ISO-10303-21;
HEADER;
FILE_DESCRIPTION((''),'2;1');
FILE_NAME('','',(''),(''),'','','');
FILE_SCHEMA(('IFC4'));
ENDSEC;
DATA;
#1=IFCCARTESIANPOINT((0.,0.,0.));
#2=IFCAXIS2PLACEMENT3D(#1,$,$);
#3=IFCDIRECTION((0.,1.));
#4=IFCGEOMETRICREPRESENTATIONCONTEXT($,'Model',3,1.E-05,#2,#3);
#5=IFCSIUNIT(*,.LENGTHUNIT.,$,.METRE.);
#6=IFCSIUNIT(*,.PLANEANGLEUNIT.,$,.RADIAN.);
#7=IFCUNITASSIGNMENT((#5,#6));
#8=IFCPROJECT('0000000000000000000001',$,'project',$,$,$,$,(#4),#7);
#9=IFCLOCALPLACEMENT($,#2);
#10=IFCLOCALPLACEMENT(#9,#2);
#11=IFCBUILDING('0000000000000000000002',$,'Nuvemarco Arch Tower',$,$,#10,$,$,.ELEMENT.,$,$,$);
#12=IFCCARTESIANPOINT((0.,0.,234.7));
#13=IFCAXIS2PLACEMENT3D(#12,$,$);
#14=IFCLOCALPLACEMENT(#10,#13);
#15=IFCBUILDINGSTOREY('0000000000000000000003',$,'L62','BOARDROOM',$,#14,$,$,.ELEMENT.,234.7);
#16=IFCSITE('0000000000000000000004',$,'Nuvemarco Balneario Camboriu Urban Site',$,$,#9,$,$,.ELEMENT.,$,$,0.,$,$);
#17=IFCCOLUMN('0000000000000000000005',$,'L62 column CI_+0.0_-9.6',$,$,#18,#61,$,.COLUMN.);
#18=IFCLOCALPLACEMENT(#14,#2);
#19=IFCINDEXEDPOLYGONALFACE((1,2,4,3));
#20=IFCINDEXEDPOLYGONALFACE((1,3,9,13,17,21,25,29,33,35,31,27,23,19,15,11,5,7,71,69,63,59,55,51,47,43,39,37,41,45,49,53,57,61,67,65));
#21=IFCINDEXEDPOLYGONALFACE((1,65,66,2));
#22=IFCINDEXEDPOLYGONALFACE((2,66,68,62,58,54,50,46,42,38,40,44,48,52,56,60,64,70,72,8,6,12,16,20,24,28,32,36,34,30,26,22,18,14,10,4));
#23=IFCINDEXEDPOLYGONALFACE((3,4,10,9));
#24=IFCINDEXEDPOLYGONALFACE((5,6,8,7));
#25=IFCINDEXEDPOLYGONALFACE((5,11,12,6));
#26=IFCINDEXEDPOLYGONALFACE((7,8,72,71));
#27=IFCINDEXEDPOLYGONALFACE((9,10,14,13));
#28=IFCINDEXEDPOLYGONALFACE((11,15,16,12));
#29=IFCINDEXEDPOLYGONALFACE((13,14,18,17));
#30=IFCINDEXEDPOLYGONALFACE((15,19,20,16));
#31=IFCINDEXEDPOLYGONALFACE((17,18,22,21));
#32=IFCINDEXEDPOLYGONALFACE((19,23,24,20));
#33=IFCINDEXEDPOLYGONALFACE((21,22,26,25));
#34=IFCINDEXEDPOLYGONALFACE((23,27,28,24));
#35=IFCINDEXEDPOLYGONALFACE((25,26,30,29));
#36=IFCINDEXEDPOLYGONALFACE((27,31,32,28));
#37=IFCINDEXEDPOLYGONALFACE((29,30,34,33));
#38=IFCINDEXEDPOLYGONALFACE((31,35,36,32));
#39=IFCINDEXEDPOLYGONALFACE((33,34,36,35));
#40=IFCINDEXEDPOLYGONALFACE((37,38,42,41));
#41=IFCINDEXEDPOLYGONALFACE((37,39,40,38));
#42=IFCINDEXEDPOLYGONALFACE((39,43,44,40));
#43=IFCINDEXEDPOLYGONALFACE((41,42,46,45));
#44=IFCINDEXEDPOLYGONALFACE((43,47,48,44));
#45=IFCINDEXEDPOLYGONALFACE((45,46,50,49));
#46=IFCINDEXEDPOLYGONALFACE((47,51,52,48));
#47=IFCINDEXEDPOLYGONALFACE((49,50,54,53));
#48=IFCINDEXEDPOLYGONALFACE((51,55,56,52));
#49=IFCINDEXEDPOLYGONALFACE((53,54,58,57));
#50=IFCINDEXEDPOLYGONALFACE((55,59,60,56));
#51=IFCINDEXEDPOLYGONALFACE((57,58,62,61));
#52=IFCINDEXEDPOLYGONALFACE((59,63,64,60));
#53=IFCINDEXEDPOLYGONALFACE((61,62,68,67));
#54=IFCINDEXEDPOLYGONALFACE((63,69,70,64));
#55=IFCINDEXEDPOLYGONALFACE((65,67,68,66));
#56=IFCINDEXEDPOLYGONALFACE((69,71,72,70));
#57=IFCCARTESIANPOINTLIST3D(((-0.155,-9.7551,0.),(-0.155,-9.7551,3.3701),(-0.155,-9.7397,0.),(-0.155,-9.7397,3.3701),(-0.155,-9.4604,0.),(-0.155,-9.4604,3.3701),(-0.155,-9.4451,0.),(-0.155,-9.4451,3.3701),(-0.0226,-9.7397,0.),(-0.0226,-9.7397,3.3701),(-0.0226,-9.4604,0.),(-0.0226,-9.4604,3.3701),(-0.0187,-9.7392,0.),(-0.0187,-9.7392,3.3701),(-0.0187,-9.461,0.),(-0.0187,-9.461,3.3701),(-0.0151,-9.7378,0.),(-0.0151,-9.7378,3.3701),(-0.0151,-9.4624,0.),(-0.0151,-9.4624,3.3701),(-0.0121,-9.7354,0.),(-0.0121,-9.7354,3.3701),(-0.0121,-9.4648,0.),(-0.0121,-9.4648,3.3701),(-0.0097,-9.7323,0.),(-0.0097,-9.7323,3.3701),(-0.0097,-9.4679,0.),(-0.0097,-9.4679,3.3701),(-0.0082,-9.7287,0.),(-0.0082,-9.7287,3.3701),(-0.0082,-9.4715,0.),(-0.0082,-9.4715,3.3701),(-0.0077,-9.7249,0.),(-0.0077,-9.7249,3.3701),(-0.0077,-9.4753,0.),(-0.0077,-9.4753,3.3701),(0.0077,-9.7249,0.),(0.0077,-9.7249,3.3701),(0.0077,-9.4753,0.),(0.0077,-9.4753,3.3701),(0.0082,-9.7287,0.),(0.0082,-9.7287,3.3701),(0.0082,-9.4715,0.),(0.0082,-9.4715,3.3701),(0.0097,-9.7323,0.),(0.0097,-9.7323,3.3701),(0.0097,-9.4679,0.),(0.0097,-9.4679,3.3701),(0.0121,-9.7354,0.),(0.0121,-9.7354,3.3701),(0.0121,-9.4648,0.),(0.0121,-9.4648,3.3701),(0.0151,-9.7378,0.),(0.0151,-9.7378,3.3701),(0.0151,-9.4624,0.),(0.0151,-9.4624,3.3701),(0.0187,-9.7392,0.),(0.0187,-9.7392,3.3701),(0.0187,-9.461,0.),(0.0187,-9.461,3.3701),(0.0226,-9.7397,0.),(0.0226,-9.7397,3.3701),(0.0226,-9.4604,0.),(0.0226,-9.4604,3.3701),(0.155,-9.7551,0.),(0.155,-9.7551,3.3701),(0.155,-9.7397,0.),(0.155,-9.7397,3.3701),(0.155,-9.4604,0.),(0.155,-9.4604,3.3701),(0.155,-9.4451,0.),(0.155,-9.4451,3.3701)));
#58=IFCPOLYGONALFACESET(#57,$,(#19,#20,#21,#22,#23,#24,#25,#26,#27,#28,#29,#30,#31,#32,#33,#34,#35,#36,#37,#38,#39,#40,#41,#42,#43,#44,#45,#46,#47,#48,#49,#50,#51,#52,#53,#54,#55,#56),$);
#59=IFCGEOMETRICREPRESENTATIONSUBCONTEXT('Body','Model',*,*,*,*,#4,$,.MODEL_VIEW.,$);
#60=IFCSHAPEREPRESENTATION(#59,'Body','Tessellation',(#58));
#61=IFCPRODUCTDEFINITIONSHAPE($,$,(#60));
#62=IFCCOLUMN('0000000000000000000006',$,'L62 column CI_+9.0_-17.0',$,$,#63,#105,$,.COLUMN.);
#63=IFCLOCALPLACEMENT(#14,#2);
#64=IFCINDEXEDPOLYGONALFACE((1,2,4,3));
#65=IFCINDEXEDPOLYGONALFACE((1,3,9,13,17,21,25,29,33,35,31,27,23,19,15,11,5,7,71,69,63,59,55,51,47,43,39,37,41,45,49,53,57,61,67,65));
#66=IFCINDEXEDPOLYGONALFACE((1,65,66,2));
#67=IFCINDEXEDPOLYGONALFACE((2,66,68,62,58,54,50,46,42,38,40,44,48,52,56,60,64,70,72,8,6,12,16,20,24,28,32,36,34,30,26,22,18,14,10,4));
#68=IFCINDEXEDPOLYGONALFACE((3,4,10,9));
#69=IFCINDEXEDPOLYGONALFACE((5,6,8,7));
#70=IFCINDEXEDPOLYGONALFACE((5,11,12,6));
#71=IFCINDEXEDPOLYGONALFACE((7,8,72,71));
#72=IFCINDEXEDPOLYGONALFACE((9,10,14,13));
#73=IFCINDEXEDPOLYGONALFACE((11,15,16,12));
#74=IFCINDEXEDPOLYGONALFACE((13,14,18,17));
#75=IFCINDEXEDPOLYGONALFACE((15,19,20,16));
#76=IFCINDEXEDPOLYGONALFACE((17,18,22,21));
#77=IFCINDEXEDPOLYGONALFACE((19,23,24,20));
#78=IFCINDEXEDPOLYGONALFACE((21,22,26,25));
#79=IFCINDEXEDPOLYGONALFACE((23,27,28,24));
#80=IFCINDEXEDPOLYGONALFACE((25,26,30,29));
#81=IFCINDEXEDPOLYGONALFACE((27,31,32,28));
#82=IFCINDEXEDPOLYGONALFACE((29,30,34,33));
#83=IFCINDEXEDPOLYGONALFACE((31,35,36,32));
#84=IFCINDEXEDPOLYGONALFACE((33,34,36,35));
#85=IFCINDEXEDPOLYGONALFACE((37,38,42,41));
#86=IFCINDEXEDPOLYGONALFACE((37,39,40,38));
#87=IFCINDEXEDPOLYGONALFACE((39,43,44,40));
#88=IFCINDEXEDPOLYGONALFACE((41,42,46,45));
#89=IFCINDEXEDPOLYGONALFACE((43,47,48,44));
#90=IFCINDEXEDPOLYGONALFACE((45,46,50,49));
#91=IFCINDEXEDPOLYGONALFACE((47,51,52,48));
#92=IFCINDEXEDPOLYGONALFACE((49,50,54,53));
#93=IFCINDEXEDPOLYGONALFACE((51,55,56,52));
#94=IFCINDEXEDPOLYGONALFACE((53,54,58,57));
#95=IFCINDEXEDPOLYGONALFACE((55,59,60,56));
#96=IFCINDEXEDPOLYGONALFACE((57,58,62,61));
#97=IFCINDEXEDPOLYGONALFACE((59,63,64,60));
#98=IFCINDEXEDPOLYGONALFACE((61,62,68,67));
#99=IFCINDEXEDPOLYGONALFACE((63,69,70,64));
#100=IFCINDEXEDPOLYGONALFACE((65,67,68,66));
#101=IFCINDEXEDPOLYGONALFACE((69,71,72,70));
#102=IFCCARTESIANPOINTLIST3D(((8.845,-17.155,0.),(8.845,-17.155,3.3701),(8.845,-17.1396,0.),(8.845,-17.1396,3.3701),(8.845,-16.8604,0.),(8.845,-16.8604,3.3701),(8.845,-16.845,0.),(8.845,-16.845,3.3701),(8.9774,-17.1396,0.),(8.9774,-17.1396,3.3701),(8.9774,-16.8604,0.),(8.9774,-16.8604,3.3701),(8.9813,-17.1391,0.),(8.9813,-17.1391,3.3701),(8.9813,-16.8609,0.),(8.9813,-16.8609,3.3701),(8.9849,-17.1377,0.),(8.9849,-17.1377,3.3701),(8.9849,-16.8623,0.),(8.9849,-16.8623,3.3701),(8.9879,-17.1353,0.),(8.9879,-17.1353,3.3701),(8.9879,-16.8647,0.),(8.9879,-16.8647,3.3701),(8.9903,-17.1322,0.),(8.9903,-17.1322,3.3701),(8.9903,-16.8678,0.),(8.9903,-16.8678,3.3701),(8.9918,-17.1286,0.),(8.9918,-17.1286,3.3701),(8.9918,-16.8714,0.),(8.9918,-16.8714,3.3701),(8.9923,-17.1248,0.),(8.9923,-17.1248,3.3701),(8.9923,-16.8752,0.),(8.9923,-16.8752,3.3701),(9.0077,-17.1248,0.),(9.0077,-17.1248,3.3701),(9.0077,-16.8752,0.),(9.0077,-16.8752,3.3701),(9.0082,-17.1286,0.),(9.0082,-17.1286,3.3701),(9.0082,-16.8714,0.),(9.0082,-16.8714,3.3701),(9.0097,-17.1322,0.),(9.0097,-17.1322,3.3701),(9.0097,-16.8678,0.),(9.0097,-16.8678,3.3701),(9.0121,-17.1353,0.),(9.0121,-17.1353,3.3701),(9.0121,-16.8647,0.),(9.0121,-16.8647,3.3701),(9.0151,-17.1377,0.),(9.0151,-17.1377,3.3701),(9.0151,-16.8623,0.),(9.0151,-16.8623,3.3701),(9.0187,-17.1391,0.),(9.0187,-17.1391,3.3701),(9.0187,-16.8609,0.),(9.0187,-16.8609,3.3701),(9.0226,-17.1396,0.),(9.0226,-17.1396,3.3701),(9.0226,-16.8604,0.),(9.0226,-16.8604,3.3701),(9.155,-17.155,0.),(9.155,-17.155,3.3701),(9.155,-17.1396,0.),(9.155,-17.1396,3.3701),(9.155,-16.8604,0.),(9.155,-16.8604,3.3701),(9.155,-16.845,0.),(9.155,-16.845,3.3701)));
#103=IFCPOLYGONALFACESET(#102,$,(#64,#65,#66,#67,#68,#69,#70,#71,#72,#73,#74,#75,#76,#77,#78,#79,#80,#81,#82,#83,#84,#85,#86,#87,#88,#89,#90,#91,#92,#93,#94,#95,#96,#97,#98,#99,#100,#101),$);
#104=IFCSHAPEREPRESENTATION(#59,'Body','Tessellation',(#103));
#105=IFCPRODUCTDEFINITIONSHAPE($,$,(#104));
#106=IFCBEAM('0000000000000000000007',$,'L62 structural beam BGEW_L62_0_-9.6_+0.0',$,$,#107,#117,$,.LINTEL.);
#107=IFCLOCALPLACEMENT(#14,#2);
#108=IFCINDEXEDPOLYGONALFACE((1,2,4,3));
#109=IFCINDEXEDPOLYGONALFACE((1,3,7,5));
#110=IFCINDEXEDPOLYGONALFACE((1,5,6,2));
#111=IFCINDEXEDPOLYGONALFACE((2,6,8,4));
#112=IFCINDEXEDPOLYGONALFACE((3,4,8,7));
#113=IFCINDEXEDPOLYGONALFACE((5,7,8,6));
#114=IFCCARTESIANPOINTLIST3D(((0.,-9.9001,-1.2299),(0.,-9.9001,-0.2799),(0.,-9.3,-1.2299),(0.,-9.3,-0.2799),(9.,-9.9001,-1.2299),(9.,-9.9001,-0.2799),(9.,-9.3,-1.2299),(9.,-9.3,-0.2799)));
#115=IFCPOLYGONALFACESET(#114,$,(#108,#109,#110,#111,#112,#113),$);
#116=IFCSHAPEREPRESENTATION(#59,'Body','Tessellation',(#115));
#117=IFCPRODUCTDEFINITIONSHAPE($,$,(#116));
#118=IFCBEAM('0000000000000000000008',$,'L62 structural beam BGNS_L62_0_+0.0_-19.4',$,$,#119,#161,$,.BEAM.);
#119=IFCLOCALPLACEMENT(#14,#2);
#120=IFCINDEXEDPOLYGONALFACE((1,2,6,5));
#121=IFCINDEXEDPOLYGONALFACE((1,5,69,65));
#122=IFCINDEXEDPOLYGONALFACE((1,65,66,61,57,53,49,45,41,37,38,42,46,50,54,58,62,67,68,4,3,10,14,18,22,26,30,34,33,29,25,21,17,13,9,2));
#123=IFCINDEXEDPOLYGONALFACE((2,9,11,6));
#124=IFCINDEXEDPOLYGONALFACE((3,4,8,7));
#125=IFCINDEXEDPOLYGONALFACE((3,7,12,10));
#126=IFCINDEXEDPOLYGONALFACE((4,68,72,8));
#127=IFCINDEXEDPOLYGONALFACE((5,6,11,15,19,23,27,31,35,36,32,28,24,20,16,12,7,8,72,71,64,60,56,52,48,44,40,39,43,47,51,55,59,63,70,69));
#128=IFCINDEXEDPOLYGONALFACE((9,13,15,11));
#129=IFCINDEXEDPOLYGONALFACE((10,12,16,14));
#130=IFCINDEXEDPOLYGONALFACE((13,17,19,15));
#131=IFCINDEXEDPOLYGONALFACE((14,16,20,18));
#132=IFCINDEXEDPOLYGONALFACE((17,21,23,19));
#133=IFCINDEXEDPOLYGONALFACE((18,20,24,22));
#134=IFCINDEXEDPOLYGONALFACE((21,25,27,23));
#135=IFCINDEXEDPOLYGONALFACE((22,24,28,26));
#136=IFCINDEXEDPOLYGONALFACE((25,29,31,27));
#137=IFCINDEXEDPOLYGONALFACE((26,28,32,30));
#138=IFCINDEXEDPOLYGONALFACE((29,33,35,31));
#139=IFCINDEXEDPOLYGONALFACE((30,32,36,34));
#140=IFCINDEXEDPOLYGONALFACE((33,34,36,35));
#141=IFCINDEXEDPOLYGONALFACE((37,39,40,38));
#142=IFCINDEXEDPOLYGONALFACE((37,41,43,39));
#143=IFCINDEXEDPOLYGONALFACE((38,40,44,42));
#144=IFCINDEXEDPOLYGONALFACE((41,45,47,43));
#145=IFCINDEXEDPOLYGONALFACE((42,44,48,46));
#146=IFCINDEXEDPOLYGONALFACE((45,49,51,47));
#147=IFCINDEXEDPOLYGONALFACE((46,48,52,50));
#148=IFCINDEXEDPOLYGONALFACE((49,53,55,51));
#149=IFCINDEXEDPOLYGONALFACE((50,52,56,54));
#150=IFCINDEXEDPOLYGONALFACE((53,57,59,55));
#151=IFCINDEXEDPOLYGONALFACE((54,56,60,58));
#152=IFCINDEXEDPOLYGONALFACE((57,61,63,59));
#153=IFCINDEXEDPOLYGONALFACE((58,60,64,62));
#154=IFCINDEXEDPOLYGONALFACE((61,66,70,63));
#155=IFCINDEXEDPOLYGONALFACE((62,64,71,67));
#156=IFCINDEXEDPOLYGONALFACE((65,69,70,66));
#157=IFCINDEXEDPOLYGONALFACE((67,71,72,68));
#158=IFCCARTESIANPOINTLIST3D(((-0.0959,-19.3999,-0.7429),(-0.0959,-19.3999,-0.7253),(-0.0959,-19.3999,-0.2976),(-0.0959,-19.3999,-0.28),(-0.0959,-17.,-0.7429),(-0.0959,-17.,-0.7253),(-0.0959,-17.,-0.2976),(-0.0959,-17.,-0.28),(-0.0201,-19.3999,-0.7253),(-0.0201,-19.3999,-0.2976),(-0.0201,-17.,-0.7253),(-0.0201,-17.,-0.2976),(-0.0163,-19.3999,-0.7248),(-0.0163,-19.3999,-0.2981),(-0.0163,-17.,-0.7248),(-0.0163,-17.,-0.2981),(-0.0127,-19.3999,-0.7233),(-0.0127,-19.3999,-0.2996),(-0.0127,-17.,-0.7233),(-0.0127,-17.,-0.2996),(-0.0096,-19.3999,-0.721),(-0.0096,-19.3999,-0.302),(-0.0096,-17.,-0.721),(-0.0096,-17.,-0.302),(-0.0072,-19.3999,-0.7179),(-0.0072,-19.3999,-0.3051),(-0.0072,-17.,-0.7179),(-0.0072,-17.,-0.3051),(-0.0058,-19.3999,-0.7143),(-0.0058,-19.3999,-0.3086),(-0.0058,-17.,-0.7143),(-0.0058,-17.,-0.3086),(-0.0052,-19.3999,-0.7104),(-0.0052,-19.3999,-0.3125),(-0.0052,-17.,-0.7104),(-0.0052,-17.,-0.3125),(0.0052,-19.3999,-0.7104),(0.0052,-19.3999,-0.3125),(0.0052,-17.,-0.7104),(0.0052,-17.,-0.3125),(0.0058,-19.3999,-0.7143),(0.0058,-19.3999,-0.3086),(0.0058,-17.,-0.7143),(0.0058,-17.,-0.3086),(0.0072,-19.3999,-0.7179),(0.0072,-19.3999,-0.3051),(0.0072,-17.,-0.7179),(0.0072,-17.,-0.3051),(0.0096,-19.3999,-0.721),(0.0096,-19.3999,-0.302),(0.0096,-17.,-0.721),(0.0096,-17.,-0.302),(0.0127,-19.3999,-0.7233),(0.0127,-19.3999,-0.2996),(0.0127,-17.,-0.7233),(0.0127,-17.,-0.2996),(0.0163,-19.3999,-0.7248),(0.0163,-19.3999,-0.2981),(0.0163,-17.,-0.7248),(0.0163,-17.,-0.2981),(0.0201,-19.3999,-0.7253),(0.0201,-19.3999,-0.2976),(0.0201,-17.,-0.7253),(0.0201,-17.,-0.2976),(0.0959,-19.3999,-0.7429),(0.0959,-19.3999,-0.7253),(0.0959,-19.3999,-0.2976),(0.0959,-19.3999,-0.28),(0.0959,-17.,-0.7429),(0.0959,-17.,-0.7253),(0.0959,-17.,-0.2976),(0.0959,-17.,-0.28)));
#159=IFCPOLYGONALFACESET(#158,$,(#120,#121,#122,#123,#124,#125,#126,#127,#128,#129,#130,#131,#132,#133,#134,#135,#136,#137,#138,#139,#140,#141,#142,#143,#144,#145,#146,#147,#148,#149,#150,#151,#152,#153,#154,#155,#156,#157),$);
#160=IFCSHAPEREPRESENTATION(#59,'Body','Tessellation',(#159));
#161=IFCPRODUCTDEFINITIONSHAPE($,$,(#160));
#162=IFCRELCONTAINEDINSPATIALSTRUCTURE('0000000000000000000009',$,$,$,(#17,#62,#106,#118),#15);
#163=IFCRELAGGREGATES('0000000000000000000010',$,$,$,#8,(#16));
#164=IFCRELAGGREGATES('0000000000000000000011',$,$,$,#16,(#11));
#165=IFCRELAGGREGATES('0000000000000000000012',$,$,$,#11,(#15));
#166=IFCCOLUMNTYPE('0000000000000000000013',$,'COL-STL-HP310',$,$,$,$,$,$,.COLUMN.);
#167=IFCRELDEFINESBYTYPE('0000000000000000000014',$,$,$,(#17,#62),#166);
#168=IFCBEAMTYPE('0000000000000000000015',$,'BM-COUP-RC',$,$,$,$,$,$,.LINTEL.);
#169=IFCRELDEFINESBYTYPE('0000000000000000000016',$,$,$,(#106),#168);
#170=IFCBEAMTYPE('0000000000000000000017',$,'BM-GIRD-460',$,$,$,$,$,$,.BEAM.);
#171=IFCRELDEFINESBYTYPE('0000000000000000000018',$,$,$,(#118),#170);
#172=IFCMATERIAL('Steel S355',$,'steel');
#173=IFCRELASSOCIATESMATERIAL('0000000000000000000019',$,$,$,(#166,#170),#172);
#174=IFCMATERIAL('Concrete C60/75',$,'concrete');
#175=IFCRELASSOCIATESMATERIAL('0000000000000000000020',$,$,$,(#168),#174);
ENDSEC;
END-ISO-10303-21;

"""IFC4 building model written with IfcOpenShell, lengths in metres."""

from ifc_helpers import new_model, si_unit, direction, frame, origin, origin_2d, place, context, subcontext, project, spatial, rectangle, i_section, extrude, material, material_profile, profile_set, type_object, element, save


model = new_model("IFC4")

# Units and contexts
model_context = context("Model", 3, precision=1e-05, world=origin(), true_north=direction((0.0, 1.0)))
body_context = subcontext(model_context, "Body", "Model", "MODEL_VIEW")
ifc_project = project(units=[si_unit("LENGTHUNIT", "METRE"), si_unit("PLANEANGLEUNIT", "RADIAN")], contexts=[model_context])

# Site, building, storey
site_placement = place(None, origin())
site = spatial("IfcSite", under=ifc_project, at=site_placement, Name="Nuvemarco Balneario Camboriu Urban Site", CompositionType="ELEMENT", RefElevation=0.0)
building_placement = place(site_placement, origin())
building = spatial("IfcBuilding", under=site, at=building_placement, Name="Nuvemarco Arch Tower", CompositionType="ELEMENT")
storey_placement = place(building_placement, frame((0.0, 0.0, 234.7)))
storey = spatial("IfcBuildingStorey", under=building, at=storey_placement, Name="L62", Description="BOARDROOM", CompositionType="ELEMENT", Elevation=234.7)

# Columns
ifc_material_1 = material(Name="Steel S355", Category="steel")
ifc_material_profile_1 = material_profile(ifc_material_1, i_section(OverallWidth=0.3101, OverallDepth=0.3101, WebThickness=0.0154, FlangeThickness=0.0154, FilletRadius=0.0149, at=origin_2d()), Name="HP310x110")
ifc_profile_set_1 = profile_set([ifc_material_profile_1], Name="Steel S355")
column_type_1 = type_object("IfcColumnType", Name="COL-STL-HP310", PredefinedType="COLUMN", material=ifc_profile_set_1)
for number, where, z_axis, x_axis, name in (
    (1, (0.0, -9.6001, 0.0), (0.0, 0.0, 1.0), (1.0, 0.0, 0.0), "L62 column CI_+0.0_-9.6"),
    (2, (9.0, -17.0, 0.0), (0.0, 0.0, 1.0), (1.0, 0.0, 0.0), "L62 column CI_+9.0_-17.0"),
):
    element("IfcColumn", number, at=place(storey_placement, frame(where, z_axis=z_axis, x_axis=x_axis)), inside=storey, type_object=column_type_1, Name=name, PredefinedType="COLUMN", context=body_context, shape_type="SweptSolid", body=[
        extrude(i_section(OverallWidth=0.3101, OverallDepth=0.3101, WebThickness=0.0154, FlangeThickness=0.0154, FilletRadius=0.0149, at=origin_2d()), origin(), (0.0, 0.0, 1.0), 3.3701),
    ])

# Beams
ifc_material_2 = material(Name="Concrete C60/75", Category="concrete")
ifc_material_profile_2 = material_profile(ifc_material_2, rectangle(XDim=0.6001, YDim=0.95, at=origin_2d()), Name="RC-BM-600x950")
ifc_profile_set_2 = profile_set([ifc_material_profile_2], Name="Concrete C60/75")
beam_type_1 = type_object("IfcBeamType", Name="BM-COUP-RC", PredefinedType="LINTEL", material=ifc_profile_set_2)
beam_1_placement = place(storey_placement, frame((0.0, -9.6001, -0.7549), z_axis=(1.0, 0.0, 0.0), x_axis=(0.0, 1.0, 0.0)))
element("IfcBeam", 3, at=beam_1_placement, inside=storey, type_object=beam_type_1, Name="L62 structural beam BGEW_L62_0_-9.6_+0.0", PredefinedType="LINTEL", context=body_context, shape_type="SweptSolid", body=[
    extrude(rectangle(XDim=0.6001, YDim=0.95, at=origin_2d()), origin(), (0.0, 0.0, 1.0), 9.0),
])
ifc_material_profile_3 = material_profile(ifc_material_1, i_section(OverallWidth=0.1919, OverallDepth=0.4629, WebThickness=0.0105, FlangeThickness=0.0176, FilletRadius=0.0149, at=origin_2d()), Name="W460x89")
ifc_profile_set_3 = profile_set([ifc_material_profile_3], Name="Steel S355")
beam_type_2 = type_object("IfcBeamType", Name="BM-GIRD-460", PredefinedType="BEAM", material=ifc_profile_set_3)
beam_2_placement = place(storey_placement, frame((0.0, -19.3999, -0.5115), z_axis=(0.0, 1.0, 0.0), x_axis=(-1.0, 0.0, 0.0)))
element("IfcBeam", 4, at=beam_2_placement, inside=storey, type_object=beam_type_2, Name="L62 structural beam BGNS_L62_0_+0.0_-19.4", PredefinedType="BEAM", context=body_context, shape_type="SweptSolid", body=[
    extrude(i_section(OverallWidth=0.1919, OverallDepth=0.4629, WebThickness=0.0105, FlangeThickness=0.0176, FilletRadius=0.0149, at=origin_2d()), origin(), (0.0, 0.0, 1.0), 2.3999),
])

save(model, "model.ifc")
